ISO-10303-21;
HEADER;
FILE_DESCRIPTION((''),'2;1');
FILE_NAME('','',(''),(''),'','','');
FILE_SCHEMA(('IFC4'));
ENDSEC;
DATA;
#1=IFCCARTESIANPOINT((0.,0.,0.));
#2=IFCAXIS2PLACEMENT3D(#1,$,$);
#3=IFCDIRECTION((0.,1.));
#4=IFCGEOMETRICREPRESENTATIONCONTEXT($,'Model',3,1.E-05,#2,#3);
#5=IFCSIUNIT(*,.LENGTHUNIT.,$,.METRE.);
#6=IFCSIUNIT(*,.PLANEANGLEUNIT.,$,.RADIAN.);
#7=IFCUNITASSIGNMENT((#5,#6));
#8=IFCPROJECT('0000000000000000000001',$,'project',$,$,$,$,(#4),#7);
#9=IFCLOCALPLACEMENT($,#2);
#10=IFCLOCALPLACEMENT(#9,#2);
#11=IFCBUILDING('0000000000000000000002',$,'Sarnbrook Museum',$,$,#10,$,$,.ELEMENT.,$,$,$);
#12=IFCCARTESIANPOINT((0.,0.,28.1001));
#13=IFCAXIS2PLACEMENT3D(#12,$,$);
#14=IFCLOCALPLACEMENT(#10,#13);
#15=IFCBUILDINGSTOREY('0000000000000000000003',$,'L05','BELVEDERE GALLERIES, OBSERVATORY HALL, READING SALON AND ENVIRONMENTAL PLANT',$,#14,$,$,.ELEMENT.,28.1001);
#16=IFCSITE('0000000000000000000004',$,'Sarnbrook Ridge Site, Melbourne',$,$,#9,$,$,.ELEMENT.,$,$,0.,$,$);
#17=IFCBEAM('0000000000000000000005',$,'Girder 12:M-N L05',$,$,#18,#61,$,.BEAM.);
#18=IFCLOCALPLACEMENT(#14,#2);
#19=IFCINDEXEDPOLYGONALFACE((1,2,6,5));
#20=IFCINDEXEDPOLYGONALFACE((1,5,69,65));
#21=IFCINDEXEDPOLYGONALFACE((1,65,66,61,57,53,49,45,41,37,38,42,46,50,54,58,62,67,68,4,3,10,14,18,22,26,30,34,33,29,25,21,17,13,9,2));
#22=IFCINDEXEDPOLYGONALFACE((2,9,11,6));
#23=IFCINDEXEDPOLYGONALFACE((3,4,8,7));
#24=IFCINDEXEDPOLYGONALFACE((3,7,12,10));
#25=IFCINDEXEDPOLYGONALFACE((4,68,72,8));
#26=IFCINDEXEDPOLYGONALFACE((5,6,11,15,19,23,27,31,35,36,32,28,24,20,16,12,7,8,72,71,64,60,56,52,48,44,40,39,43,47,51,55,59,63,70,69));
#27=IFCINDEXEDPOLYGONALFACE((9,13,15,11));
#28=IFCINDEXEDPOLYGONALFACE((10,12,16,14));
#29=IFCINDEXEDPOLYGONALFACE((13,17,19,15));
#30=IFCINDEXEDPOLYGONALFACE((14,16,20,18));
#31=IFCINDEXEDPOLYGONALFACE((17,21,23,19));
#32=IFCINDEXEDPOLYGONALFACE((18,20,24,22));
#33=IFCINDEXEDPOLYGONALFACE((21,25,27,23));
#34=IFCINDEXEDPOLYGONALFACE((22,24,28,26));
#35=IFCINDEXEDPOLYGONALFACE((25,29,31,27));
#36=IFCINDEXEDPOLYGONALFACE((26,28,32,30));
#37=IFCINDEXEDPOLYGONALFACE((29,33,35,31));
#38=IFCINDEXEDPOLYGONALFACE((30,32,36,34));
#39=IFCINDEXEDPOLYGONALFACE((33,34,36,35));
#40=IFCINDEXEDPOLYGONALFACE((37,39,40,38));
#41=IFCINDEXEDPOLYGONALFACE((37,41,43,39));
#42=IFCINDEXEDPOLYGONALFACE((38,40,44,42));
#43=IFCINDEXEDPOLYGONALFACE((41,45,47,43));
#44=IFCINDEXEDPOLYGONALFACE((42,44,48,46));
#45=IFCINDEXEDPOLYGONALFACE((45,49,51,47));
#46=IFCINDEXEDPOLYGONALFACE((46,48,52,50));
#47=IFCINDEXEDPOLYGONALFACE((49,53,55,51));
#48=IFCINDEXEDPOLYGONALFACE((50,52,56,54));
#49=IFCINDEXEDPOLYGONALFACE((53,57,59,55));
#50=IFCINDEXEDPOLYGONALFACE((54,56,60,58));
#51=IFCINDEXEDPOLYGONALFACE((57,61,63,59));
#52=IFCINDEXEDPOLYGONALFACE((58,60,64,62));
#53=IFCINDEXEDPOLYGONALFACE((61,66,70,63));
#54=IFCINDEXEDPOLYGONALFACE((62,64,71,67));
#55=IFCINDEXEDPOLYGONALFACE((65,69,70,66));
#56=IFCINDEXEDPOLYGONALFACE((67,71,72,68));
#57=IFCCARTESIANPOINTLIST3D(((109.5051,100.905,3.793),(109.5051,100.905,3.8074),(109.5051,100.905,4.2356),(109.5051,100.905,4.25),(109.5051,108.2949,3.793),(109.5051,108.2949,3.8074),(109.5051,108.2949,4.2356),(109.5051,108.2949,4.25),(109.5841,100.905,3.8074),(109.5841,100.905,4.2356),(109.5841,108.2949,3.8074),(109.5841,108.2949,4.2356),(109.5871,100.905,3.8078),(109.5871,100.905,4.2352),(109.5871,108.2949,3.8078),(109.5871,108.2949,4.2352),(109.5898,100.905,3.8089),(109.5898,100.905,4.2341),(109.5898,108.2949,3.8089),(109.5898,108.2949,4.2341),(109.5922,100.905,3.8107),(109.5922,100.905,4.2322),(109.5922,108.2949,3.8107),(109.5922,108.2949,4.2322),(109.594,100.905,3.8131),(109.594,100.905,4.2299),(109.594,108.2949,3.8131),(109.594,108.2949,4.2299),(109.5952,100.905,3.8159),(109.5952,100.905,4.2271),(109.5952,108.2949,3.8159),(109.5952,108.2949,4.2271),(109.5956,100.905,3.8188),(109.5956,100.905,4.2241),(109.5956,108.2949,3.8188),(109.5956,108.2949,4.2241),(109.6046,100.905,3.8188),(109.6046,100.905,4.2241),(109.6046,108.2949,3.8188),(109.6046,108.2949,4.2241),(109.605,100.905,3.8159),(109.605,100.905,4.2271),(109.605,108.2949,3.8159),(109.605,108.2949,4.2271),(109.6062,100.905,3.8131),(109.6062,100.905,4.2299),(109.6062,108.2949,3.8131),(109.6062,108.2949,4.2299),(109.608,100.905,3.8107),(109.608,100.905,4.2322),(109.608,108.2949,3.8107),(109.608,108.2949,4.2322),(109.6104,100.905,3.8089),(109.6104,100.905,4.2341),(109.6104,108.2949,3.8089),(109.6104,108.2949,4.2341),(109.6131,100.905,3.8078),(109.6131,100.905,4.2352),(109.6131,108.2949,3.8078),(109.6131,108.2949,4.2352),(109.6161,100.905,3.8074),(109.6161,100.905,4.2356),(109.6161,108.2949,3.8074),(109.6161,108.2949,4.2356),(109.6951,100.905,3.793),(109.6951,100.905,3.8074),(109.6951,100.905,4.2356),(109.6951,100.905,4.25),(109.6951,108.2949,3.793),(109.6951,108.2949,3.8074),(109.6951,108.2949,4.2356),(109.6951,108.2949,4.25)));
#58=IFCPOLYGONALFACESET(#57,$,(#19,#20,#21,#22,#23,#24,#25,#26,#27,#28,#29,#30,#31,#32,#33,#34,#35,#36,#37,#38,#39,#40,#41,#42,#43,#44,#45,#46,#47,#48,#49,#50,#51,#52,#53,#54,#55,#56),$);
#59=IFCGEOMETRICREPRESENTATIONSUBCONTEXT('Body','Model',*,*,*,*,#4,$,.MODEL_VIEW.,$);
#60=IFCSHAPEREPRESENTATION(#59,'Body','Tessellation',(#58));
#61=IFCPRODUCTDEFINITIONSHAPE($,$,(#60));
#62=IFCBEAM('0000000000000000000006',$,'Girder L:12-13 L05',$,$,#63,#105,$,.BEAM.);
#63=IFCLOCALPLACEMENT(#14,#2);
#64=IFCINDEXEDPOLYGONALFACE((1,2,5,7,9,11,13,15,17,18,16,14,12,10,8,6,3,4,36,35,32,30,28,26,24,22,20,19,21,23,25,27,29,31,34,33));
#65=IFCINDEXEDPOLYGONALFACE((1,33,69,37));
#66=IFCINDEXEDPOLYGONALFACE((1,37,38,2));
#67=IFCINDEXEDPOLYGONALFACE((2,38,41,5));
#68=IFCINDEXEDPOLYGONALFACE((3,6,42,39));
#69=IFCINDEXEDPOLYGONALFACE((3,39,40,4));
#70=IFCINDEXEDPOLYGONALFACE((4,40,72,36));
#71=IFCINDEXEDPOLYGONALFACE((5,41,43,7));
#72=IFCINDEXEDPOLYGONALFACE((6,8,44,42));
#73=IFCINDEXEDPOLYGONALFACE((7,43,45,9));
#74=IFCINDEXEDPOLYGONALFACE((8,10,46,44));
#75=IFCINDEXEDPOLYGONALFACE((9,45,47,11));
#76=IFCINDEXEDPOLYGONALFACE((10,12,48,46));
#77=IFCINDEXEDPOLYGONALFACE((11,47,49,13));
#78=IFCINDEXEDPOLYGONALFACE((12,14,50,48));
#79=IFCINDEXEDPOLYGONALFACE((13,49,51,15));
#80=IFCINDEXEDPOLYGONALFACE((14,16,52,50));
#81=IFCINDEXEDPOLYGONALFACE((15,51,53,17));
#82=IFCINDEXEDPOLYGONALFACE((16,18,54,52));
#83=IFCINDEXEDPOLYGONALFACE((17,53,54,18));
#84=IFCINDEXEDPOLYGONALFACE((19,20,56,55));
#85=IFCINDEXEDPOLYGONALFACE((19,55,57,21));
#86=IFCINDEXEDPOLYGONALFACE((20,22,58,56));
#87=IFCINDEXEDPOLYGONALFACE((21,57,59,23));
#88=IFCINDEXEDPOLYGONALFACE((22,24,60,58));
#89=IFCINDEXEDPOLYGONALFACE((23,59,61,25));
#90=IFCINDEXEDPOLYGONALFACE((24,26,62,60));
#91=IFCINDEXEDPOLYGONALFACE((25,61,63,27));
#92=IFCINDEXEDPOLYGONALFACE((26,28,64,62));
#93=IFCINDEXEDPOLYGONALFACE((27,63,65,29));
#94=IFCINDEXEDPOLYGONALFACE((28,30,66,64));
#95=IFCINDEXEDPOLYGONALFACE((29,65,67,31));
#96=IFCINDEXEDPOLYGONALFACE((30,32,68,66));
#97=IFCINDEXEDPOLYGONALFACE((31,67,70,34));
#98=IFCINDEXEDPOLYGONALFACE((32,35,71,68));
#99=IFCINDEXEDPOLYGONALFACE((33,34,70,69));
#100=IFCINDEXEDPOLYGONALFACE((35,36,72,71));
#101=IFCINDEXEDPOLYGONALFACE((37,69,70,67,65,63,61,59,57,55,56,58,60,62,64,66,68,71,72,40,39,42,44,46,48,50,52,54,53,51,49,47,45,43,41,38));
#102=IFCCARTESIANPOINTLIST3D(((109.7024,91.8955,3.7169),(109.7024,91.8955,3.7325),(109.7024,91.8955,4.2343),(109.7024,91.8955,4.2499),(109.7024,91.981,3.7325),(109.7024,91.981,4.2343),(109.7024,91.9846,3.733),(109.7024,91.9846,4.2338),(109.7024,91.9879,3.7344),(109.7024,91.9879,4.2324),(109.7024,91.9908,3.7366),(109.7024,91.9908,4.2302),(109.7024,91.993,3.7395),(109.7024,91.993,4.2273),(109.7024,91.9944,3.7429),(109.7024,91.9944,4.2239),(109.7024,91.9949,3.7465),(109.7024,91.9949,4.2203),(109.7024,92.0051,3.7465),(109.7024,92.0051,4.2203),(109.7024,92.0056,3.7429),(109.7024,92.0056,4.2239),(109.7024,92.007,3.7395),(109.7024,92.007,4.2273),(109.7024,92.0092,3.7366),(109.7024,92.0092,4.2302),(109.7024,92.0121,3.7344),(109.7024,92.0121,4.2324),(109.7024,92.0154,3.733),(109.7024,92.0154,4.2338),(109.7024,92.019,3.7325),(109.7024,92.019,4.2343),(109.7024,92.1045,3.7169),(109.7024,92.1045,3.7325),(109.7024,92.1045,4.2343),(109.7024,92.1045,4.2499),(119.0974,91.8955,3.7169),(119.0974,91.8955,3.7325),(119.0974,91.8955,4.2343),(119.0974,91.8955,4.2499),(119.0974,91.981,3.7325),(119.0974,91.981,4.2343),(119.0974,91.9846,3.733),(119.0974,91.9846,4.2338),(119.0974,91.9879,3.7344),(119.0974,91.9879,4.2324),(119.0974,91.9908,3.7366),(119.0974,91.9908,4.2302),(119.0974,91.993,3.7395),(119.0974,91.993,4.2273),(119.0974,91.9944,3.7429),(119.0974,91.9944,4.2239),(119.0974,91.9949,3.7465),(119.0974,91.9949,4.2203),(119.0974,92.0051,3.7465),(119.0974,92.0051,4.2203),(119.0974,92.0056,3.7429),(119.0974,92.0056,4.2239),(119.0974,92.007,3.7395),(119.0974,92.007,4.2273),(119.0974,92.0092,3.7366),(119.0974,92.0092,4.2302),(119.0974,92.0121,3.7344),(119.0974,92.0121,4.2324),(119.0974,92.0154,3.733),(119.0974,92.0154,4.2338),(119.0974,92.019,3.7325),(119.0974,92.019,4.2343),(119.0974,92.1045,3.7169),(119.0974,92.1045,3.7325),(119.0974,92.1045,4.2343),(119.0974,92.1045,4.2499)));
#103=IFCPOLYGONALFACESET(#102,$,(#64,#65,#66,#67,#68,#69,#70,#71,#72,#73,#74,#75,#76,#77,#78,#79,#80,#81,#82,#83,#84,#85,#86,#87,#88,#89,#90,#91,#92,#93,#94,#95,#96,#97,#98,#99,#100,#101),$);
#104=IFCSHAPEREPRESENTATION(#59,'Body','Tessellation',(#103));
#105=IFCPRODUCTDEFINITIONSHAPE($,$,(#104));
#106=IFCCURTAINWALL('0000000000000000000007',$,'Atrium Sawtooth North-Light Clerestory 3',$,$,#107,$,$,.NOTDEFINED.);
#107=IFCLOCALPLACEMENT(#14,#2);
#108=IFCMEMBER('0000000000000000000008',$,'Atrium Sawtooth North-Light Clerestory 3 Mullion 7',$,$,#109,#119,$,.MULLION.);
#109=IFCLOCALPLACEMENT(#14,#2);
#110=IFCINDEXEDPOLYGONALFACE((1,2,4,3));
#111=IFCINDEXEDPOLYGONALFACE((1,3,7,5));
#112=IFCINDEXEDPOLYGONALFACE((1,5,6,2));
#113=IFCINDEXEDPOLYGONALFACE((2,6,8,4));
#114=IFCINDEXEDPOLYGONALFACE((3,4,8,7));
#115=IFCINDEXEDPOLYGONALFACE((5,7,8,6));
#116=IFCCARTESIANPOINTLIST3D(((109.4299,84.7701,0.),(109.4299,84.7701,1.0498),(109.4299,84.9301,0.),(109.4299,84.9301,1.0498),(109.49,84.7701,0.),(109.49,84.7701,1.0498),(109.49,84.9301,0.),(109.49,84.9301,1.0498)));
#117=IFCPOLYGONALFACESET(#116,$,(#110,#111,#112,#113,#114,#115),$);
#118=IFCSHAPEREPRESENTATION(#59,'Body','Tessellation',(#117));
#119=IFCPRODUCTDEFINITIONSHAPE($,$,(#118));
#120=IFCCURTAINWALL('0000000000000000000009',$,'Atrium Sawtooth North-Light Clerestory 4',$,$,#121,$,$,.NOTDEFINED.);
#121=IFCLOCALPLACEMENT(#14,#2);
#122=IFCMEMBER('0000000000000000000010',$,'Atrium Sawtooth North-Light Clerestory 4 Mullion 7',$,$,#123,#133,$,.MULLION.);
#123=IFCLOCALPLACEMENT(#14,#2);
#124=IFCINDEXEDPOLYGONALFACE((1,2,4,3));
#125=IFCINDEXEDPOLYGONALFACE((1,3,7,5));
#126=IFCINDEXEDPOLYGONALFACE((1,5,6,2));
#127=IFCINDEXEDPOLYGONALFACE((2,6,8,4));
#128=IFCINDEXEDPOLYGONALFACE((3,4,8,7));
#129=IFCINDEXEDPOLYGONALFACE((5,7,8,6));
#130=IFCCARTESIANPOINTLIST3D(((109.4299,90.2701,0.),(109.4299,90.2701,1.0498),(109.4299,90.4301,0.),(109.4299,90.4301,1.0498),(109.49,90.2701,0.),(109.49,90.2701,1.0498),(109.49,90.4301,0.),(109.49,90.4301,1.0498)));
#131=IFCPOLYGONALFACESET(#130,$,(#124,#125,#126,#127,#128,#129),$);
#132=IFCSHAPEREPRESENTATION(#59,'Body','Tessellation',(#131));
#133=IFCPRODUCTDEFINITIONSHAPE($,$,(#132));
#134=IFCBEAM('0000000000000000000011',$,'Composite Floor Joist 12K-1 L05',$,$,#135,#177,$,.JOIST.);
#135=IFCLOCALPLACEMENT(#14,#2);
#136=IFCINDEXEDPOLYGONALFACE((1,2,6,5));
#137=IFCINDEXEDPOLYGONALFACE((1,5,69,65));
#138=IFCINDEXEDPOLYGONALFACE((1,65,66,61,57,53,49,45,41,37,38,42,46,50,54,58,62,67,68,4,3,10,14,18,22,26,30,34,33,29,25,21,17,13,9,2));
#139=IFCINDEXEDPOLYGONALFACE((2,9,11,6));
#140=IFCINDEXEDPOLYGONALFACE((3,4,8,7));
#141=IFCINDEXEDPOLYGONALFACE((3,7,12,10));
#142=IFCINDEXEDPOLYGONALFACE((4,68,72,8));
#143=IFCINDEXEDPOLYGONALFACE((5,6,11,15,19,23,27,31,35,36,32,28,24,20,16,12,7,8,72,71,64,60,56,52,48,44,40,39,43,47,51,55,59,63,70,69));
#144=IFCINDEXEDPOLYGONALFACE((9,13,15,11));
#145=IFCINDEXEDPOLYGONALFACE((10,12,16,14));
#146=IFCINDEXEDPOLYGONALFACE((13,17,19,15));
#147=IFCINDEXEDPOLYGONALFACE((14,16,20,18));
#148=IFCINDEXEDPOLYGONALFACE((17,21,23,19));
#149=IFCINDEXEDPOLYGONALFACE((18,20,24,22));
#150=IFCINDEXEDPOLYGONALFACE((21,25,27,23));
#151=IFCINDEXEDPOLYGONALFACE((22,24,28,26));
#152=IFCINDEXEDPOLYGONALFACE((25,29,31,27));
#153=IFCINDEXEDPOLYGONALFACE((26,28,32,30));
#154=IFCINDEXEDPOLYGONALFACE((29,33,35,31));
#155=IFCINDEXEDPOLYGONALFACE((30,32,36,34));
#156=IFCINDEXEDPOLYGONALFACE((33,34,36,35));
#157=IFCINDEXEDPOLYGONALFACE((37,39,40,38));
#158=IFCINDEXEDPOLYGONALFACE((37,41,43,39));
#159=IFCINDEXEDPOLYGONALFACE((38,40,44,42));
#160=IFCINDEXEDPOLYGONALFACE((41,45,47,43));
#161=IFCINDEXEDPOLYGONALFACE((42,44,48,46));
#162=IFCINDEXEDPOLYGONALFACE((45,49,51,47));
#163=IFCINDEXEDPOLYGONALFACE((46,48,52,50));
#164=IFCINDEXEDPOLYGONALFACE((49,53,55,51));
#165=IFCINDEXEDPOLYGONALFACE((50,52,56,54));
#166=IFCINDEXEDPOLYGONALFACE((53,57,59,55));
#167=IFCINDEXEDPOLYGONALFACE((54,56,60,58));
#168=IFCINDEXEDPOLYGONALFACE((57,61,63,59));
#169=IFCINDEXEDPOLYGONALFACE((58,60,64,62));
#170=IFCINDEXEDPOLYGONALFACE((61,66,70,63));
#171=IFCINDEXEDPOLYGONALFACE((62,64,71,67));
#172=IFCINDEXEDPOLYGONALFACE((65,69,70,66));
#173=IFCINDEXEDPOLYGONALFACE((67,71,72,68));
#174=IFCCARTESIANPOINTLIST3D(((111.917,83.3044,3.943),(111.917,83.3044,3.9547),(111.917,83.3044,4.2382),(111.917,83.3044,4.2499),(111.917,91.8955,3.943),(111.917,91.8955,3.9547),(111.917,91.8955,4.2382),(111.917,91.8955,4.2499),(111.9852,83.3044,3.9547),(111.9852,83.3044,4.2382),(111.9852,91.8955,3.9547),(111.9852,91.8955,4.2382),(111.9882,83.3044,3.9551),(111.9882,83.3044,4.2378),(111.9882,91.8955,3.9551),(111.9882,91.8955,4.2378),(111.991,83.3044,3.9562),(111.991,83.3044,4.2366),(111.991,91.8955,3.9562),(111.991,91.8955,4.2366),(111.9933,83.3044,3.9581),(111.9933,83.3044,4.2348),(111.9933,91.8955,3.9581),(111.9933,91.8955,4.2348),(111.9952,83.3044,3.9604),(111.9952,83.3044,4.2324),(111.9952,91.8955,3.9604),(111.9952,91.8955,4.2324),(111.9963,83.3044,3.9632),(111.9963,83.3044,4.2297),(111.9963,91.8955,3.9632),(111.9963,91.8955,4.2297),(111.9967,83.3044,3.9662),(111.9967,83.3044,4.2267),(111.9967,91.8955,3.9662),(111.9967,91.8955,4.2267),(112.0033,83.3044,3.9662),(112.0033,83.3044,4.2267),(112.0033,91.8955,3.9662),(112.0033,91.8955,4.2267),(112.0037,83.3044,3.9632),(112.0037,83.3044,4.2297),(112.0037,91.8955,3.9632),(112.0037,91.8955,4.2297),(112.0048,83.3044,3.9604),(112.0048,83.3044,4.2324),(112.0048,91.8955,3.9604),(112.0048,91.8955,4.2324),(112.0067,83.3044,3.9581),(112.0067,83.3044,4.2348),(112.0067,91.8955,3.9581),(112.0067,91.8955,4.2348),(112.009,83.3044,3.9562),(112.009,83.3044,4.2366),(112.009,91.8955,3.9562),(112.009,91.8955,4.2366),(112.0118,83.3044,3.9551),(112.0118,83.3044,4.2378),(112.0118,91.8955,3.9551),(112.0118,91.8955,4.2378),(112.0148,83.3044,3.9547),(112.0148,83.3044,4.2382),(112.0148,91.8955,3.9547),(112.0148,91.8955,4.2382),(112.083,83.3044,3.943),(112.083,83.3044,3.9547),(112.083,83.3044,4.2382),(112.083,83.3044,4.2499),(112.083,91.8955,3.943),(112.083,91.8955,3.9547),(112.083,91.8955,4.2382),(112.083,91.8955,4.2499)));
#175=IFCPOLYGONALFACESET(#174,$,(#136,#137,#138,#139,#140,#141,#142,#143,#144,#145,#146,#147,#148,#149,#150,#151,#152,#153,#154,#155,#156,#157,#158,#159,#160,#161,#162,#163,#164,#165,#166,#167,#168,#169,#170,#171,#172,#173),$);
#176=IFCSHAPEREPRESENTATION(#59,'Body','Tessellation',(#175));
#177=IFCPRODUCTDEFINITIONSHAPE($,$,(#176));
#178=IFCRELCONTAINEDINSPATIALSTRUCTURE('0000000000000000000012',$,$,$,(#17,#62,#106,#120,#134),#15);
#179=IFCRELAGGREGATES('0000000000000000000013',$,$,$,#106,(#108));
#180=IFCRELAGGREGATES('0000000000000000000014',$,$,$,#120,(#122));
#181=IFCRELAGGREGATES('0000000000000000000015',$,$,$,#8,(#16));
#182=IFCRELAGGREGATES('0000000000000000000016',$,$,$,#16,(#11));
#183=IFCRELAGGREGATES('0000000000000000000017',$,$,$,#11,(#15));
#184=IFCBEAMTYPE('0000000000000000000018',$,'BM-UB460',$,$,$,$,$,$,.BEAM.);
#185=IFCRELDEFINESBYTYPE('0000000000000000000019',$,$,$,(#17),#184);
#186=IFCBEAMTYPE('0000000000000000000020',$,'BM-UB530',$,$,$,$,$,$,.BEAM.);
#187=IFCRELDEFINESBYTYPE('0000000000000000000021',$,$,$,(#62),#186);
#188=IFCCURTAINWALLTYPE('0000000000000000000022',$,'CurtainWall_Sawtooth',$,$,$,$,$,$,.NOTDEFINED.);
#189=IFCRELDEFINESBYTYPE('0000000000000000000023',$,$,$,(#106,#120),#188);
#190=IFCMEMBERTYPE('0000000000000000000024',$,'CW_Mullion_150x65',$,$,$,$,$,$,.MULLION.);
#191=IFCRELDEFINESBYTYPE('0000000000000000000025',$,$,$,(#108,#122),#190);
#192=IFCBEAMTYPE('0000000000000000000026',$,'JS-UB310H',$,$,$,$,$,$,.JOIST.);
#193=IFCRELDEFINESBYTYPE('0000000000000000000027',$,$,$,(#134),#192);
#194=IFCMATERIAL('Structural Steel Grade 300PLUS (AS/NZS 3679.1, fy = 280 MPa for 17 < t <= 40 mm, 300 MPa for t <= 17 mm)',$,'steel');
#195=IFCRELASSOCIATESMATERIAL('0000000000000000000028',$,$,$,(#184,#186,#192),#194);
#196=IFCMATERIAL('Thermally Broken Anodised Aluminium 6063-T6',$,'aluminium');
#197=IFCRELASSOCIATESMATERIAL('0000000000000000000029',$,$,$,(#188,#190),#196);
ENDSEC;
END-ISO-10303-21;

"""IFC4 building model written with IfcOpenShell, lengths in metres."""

from ifc_helpers import new_model, si_unit, direction, frame, origin, origin_2d, place, context, subcontext, project, spatial, rectangle, i_section, extrude, material, material_profile, profile_set, type_object, element, aggregate, save


model = new_model("IFC4")

# Units and contexts
model_context = context("Model", 3, precision=1e-05, world=origin(), true_north=direction((0.0, 1.0)))
body_context = subcontext(model_context, "Body", "Model", "MODEL_VIEW")
ifc_project = project(units=[si_unit("LENGTHUNIT", "METRE"), si_unit("PLANEANGLEUNIT", "RADIAN")], contexts=[model_context])

# Site, building, storey
site_placement = place(None, origin())
site = spatial("IfcSite", under=ifc_project, at=site_placement, Name="Sarnbrook Ridge Site, Melbourne", CompositionType="ELEMENT", RefElevation=0.0)
building_placement = place(site_placement, origin())
building = spatial("IfcBuilding", under=site, at=building_placement, Name="Sarnbrook Museum", CompositionType="ELEMENT")
storey_placement = place(building_placement, frame((0.0, 0.0, 28.1001)))
storey = spatial("IfcBuildingStorey", under=building, at=storey_placement, Name="L05", Description="BELVEDERE GALLERIES, OBSERVATORY HALL, READING SALON AND ENVIRONMENTAL PLANT", CompositionType="ELEMENT", Elevation=28.1001)

# Shared definitions
ifc_material_1 = material(Name="Structural Steel Grade 300PLUS (AS/NZS 3679.1, fy = 280 MPa for 17 < t <= 40 mm, 300 MPa for t <= 17 mm)", Category="steel")

# Beams
ifc_material_profile_1 = material_profile(ifc_material_1, i_section(OverallWidth=0.1899, OverallDepth=0.457, WebThickness=0.009, FlangeThickness=0.0144, FilletRadius=0.0115, at=origin_2d()), Name="460UB74.6")
ifc_profile_set_1 = profile_set([ifc_material_profile_1], Name="Structural Steel Grade 300PLUS (AS/NZS 3679.1, fy = 280 MPa for 17 < t <= 40 mm, 300 MPa for t <= 17 mm)")
beam_type_1 = type_object("IfcBeamType", Name="BM-UB460", PredefinedType="BEAM", material=ifc_profile_set_1)
beam_1_placement = place(storey_placement, frame((109.6001, 100.905, 4.0215), z_axis=(0.0, 1.0, 0.0), x_axis=(-1.0, 0.0, 0.0)))
element("IfcBeam", 1, at=beam_1_placement, inside=storey, type_object=beam_type_1, Name="Girder 12:M-N L05", PredefinedType="BEAM", context=body_context, shape_type="SweptSolid", body=[
    extrude(i_section(OverallWidth=0.1899, OverallDepth=0.457, WebThickness=0.009, FlangeThickness=0.0144, FilletRadius=0.0115, at=origin_2d()), origin(), (0.0, 0.0, 1.0), 7.3899),
])
ifc_material_profile_2 = material_profile(ifc_material_1, i_section(OverallWidth=0.209, OverallDepth=0.533, WebThickness=0.0103, FlangeThickness=0.0156, FilletRadius=0.0139, at=origin_2d()), Name="530UB92.4")
ifc_profile_set_2 = profile_set([ifc_material_profile_2], Name="Structural Steel Grade 300PLUS (AS/NZS 3679.1, fy = 280 MPa for 17 < t <= 40 mm, 300 MPa for t <= 17 mm)")
beam_type_2 = type_object("IfcBeamType", Name="BM-UB530", PredefinedType="BEAM", material=ifc_profile_set_2)
beam_2_placement = place(storey_placement, frame((109.7024, 92.0, 3.9834), z_axis=(1.0, 0.0, 0.0), x_axis=(0.0, 1.0, 0.0)))
element("IfcBeam", 2, at=beam_2_placement, inside=storey, type_object=beam_type_2, Name="Girder L:12-13 L05", PredefinedType="BEAM", context=body_context, shape_type="SweptSolid", body=[
    extrude(i_section(OverallWidth=0.209, OverallDepth=0.533, WebThickness=0.0103, FlangeThickness=0.0156, FilletRadius=0.0139, at=origin_2d()), origin(), (0.0, 0.0, 1.0), 9.395),
])

# Curtain walls, members
ifc_material_2 = material(Name="Thermally Broken Anodised Aluminium 6063-T6", Category="aluminium")
curtain_wall_type = type_object("IfcCurtainWallType", Name="CurtainWall_Sawtooth", PredefinedType="NOTDEFINED", material=ifc_material_2)
curtain_wall_1_placement = place(storey_placement, origin())
curtain_wall_1 = element("IfcCurtainWall", 3, at=curtain_wall_1_placement, inside=storey, type_object=curtain_wall_type, Name="Atrium Sawtooth North-Light Clerestory 3", PredefinedType="NOTDEFINED")
ifc_material_profile_3 = material_profile(ifc_material_2, rectangle(XDim=0.0601, YDim=0.1599, at=origin_2d()), Name="ALU MULLION 60x160")
ifc_profile_set_3 = profile_set([ifc_material_profile_3], Name="Thermally Broken Anodised Aluminium 6063-T6")
member_type = type_object("IfcMemberType", Name="CW_Mullion_150x65", PredefinedType="MULLION", material=ifc_profile_set_3)
member_1_placement = place(storey_placement, frame((109.46, 84.8501, 0.0), z_axis=(0.0, 0.0, 1.0), x_axis=(1.0, 0.0, 0.0)))
member_1 = element("IfcMember", 4, at=member_1_placement, type_object=member_type, Name="Atrium Sawtooth North-Light Clerestory 3 Mullion 7", PredefinedType="MULLION", context=body_context, shape_type="SweptSolid", body=[
    extrude(rectangle(XDim=0.0601, YDim=0.1599, at=origin_2d()), origin(), (0.0, 0.0, 1.0), 1.0498),
])
curtain_wall_2_placement = place(storey_placement, origin())
curtain_wall_2 = element("IfcCurtainWall", 5, at=curtain_wall_2_placement, inside=storey, type_object=curtain_wall_type, Name="Atrium Sawtooth North-Light Clerestory 4", PredefinedType="NOTDEFINED")
member_2_placement = place(storey_placement, frame((109.46, 90.3501, 0.0), z_axis=(0.0, 0.0, 1.0), x_axis=(1.0, 0.0, 0.0)))
member_2 = element("IfcMember", 6, at=member_2_placement, type_object=member_type, Name="Atrium Sawtooth North-Light Clerestory 4 Mullion 7", PredefinedType="MULLION", context=body_context, shape_type="SweptSolid", body=[
    extrude(rectangle(XDim=0.0601, YDim=0.1599, at=origin_2d()), origin(), (0.0, 0.0, 1.0), 1.0498),
])

# Beam
ifc_material_profile_4 = material_profile(ifc_material_1, i_section(OverallWidth=0.166, OverallDepth=0.3069, WebThickness=0.0066, FlangeThickness=0.0117, FilletRadius=0.0115, at=origin_2d()), Name="310UB46.2")
ifc_profile_set_4 = profile_set([ifc_material_profile_4], Name="Structural Steel Grade 300PLUS (AS/NZS 3679.1, fy = 280 MPa for 17 < t <= 40 mm, 300 MPa for t <= 17 mm)")
beam_type_3 = type_object("IfcBeamType", Name="JS-UB310H", PredefinedType="JOIST", material=ifc_profile_set_4)
for number, where, z_axis, x_axis, name in (
    (7, (112.0, 83.3044, 4.0964), (0.0, 1.0, 0.0), (-1.0, 0.0, 0.0), "Composite Floor Joist 12K-1 L05"),
):
    element("IfcBeam", number, at=place(storey_placement, frame(where, z_axis=z_axis, x_axis=x_axis)), inside=storey, type_object=beam_type_3, Name=name, PredefinedType="JOIST", context=body_context, shape_type="SweptSolid", body=[
        extrude(i_section(OverallWidth=0.166, OverallDepth=0.3069, WebThickness=0.0066, FlangeThickness=0.0117, FilletRadius=0.0115, at=origin_2d()), origin(), (0.0, 0.0, 1.0), 8.5911),
    ])

aggregate(curtain_wall_1, [member_1])
aggregate(curtain_wall_2, [member_2])

save(model, "model.ifc")
